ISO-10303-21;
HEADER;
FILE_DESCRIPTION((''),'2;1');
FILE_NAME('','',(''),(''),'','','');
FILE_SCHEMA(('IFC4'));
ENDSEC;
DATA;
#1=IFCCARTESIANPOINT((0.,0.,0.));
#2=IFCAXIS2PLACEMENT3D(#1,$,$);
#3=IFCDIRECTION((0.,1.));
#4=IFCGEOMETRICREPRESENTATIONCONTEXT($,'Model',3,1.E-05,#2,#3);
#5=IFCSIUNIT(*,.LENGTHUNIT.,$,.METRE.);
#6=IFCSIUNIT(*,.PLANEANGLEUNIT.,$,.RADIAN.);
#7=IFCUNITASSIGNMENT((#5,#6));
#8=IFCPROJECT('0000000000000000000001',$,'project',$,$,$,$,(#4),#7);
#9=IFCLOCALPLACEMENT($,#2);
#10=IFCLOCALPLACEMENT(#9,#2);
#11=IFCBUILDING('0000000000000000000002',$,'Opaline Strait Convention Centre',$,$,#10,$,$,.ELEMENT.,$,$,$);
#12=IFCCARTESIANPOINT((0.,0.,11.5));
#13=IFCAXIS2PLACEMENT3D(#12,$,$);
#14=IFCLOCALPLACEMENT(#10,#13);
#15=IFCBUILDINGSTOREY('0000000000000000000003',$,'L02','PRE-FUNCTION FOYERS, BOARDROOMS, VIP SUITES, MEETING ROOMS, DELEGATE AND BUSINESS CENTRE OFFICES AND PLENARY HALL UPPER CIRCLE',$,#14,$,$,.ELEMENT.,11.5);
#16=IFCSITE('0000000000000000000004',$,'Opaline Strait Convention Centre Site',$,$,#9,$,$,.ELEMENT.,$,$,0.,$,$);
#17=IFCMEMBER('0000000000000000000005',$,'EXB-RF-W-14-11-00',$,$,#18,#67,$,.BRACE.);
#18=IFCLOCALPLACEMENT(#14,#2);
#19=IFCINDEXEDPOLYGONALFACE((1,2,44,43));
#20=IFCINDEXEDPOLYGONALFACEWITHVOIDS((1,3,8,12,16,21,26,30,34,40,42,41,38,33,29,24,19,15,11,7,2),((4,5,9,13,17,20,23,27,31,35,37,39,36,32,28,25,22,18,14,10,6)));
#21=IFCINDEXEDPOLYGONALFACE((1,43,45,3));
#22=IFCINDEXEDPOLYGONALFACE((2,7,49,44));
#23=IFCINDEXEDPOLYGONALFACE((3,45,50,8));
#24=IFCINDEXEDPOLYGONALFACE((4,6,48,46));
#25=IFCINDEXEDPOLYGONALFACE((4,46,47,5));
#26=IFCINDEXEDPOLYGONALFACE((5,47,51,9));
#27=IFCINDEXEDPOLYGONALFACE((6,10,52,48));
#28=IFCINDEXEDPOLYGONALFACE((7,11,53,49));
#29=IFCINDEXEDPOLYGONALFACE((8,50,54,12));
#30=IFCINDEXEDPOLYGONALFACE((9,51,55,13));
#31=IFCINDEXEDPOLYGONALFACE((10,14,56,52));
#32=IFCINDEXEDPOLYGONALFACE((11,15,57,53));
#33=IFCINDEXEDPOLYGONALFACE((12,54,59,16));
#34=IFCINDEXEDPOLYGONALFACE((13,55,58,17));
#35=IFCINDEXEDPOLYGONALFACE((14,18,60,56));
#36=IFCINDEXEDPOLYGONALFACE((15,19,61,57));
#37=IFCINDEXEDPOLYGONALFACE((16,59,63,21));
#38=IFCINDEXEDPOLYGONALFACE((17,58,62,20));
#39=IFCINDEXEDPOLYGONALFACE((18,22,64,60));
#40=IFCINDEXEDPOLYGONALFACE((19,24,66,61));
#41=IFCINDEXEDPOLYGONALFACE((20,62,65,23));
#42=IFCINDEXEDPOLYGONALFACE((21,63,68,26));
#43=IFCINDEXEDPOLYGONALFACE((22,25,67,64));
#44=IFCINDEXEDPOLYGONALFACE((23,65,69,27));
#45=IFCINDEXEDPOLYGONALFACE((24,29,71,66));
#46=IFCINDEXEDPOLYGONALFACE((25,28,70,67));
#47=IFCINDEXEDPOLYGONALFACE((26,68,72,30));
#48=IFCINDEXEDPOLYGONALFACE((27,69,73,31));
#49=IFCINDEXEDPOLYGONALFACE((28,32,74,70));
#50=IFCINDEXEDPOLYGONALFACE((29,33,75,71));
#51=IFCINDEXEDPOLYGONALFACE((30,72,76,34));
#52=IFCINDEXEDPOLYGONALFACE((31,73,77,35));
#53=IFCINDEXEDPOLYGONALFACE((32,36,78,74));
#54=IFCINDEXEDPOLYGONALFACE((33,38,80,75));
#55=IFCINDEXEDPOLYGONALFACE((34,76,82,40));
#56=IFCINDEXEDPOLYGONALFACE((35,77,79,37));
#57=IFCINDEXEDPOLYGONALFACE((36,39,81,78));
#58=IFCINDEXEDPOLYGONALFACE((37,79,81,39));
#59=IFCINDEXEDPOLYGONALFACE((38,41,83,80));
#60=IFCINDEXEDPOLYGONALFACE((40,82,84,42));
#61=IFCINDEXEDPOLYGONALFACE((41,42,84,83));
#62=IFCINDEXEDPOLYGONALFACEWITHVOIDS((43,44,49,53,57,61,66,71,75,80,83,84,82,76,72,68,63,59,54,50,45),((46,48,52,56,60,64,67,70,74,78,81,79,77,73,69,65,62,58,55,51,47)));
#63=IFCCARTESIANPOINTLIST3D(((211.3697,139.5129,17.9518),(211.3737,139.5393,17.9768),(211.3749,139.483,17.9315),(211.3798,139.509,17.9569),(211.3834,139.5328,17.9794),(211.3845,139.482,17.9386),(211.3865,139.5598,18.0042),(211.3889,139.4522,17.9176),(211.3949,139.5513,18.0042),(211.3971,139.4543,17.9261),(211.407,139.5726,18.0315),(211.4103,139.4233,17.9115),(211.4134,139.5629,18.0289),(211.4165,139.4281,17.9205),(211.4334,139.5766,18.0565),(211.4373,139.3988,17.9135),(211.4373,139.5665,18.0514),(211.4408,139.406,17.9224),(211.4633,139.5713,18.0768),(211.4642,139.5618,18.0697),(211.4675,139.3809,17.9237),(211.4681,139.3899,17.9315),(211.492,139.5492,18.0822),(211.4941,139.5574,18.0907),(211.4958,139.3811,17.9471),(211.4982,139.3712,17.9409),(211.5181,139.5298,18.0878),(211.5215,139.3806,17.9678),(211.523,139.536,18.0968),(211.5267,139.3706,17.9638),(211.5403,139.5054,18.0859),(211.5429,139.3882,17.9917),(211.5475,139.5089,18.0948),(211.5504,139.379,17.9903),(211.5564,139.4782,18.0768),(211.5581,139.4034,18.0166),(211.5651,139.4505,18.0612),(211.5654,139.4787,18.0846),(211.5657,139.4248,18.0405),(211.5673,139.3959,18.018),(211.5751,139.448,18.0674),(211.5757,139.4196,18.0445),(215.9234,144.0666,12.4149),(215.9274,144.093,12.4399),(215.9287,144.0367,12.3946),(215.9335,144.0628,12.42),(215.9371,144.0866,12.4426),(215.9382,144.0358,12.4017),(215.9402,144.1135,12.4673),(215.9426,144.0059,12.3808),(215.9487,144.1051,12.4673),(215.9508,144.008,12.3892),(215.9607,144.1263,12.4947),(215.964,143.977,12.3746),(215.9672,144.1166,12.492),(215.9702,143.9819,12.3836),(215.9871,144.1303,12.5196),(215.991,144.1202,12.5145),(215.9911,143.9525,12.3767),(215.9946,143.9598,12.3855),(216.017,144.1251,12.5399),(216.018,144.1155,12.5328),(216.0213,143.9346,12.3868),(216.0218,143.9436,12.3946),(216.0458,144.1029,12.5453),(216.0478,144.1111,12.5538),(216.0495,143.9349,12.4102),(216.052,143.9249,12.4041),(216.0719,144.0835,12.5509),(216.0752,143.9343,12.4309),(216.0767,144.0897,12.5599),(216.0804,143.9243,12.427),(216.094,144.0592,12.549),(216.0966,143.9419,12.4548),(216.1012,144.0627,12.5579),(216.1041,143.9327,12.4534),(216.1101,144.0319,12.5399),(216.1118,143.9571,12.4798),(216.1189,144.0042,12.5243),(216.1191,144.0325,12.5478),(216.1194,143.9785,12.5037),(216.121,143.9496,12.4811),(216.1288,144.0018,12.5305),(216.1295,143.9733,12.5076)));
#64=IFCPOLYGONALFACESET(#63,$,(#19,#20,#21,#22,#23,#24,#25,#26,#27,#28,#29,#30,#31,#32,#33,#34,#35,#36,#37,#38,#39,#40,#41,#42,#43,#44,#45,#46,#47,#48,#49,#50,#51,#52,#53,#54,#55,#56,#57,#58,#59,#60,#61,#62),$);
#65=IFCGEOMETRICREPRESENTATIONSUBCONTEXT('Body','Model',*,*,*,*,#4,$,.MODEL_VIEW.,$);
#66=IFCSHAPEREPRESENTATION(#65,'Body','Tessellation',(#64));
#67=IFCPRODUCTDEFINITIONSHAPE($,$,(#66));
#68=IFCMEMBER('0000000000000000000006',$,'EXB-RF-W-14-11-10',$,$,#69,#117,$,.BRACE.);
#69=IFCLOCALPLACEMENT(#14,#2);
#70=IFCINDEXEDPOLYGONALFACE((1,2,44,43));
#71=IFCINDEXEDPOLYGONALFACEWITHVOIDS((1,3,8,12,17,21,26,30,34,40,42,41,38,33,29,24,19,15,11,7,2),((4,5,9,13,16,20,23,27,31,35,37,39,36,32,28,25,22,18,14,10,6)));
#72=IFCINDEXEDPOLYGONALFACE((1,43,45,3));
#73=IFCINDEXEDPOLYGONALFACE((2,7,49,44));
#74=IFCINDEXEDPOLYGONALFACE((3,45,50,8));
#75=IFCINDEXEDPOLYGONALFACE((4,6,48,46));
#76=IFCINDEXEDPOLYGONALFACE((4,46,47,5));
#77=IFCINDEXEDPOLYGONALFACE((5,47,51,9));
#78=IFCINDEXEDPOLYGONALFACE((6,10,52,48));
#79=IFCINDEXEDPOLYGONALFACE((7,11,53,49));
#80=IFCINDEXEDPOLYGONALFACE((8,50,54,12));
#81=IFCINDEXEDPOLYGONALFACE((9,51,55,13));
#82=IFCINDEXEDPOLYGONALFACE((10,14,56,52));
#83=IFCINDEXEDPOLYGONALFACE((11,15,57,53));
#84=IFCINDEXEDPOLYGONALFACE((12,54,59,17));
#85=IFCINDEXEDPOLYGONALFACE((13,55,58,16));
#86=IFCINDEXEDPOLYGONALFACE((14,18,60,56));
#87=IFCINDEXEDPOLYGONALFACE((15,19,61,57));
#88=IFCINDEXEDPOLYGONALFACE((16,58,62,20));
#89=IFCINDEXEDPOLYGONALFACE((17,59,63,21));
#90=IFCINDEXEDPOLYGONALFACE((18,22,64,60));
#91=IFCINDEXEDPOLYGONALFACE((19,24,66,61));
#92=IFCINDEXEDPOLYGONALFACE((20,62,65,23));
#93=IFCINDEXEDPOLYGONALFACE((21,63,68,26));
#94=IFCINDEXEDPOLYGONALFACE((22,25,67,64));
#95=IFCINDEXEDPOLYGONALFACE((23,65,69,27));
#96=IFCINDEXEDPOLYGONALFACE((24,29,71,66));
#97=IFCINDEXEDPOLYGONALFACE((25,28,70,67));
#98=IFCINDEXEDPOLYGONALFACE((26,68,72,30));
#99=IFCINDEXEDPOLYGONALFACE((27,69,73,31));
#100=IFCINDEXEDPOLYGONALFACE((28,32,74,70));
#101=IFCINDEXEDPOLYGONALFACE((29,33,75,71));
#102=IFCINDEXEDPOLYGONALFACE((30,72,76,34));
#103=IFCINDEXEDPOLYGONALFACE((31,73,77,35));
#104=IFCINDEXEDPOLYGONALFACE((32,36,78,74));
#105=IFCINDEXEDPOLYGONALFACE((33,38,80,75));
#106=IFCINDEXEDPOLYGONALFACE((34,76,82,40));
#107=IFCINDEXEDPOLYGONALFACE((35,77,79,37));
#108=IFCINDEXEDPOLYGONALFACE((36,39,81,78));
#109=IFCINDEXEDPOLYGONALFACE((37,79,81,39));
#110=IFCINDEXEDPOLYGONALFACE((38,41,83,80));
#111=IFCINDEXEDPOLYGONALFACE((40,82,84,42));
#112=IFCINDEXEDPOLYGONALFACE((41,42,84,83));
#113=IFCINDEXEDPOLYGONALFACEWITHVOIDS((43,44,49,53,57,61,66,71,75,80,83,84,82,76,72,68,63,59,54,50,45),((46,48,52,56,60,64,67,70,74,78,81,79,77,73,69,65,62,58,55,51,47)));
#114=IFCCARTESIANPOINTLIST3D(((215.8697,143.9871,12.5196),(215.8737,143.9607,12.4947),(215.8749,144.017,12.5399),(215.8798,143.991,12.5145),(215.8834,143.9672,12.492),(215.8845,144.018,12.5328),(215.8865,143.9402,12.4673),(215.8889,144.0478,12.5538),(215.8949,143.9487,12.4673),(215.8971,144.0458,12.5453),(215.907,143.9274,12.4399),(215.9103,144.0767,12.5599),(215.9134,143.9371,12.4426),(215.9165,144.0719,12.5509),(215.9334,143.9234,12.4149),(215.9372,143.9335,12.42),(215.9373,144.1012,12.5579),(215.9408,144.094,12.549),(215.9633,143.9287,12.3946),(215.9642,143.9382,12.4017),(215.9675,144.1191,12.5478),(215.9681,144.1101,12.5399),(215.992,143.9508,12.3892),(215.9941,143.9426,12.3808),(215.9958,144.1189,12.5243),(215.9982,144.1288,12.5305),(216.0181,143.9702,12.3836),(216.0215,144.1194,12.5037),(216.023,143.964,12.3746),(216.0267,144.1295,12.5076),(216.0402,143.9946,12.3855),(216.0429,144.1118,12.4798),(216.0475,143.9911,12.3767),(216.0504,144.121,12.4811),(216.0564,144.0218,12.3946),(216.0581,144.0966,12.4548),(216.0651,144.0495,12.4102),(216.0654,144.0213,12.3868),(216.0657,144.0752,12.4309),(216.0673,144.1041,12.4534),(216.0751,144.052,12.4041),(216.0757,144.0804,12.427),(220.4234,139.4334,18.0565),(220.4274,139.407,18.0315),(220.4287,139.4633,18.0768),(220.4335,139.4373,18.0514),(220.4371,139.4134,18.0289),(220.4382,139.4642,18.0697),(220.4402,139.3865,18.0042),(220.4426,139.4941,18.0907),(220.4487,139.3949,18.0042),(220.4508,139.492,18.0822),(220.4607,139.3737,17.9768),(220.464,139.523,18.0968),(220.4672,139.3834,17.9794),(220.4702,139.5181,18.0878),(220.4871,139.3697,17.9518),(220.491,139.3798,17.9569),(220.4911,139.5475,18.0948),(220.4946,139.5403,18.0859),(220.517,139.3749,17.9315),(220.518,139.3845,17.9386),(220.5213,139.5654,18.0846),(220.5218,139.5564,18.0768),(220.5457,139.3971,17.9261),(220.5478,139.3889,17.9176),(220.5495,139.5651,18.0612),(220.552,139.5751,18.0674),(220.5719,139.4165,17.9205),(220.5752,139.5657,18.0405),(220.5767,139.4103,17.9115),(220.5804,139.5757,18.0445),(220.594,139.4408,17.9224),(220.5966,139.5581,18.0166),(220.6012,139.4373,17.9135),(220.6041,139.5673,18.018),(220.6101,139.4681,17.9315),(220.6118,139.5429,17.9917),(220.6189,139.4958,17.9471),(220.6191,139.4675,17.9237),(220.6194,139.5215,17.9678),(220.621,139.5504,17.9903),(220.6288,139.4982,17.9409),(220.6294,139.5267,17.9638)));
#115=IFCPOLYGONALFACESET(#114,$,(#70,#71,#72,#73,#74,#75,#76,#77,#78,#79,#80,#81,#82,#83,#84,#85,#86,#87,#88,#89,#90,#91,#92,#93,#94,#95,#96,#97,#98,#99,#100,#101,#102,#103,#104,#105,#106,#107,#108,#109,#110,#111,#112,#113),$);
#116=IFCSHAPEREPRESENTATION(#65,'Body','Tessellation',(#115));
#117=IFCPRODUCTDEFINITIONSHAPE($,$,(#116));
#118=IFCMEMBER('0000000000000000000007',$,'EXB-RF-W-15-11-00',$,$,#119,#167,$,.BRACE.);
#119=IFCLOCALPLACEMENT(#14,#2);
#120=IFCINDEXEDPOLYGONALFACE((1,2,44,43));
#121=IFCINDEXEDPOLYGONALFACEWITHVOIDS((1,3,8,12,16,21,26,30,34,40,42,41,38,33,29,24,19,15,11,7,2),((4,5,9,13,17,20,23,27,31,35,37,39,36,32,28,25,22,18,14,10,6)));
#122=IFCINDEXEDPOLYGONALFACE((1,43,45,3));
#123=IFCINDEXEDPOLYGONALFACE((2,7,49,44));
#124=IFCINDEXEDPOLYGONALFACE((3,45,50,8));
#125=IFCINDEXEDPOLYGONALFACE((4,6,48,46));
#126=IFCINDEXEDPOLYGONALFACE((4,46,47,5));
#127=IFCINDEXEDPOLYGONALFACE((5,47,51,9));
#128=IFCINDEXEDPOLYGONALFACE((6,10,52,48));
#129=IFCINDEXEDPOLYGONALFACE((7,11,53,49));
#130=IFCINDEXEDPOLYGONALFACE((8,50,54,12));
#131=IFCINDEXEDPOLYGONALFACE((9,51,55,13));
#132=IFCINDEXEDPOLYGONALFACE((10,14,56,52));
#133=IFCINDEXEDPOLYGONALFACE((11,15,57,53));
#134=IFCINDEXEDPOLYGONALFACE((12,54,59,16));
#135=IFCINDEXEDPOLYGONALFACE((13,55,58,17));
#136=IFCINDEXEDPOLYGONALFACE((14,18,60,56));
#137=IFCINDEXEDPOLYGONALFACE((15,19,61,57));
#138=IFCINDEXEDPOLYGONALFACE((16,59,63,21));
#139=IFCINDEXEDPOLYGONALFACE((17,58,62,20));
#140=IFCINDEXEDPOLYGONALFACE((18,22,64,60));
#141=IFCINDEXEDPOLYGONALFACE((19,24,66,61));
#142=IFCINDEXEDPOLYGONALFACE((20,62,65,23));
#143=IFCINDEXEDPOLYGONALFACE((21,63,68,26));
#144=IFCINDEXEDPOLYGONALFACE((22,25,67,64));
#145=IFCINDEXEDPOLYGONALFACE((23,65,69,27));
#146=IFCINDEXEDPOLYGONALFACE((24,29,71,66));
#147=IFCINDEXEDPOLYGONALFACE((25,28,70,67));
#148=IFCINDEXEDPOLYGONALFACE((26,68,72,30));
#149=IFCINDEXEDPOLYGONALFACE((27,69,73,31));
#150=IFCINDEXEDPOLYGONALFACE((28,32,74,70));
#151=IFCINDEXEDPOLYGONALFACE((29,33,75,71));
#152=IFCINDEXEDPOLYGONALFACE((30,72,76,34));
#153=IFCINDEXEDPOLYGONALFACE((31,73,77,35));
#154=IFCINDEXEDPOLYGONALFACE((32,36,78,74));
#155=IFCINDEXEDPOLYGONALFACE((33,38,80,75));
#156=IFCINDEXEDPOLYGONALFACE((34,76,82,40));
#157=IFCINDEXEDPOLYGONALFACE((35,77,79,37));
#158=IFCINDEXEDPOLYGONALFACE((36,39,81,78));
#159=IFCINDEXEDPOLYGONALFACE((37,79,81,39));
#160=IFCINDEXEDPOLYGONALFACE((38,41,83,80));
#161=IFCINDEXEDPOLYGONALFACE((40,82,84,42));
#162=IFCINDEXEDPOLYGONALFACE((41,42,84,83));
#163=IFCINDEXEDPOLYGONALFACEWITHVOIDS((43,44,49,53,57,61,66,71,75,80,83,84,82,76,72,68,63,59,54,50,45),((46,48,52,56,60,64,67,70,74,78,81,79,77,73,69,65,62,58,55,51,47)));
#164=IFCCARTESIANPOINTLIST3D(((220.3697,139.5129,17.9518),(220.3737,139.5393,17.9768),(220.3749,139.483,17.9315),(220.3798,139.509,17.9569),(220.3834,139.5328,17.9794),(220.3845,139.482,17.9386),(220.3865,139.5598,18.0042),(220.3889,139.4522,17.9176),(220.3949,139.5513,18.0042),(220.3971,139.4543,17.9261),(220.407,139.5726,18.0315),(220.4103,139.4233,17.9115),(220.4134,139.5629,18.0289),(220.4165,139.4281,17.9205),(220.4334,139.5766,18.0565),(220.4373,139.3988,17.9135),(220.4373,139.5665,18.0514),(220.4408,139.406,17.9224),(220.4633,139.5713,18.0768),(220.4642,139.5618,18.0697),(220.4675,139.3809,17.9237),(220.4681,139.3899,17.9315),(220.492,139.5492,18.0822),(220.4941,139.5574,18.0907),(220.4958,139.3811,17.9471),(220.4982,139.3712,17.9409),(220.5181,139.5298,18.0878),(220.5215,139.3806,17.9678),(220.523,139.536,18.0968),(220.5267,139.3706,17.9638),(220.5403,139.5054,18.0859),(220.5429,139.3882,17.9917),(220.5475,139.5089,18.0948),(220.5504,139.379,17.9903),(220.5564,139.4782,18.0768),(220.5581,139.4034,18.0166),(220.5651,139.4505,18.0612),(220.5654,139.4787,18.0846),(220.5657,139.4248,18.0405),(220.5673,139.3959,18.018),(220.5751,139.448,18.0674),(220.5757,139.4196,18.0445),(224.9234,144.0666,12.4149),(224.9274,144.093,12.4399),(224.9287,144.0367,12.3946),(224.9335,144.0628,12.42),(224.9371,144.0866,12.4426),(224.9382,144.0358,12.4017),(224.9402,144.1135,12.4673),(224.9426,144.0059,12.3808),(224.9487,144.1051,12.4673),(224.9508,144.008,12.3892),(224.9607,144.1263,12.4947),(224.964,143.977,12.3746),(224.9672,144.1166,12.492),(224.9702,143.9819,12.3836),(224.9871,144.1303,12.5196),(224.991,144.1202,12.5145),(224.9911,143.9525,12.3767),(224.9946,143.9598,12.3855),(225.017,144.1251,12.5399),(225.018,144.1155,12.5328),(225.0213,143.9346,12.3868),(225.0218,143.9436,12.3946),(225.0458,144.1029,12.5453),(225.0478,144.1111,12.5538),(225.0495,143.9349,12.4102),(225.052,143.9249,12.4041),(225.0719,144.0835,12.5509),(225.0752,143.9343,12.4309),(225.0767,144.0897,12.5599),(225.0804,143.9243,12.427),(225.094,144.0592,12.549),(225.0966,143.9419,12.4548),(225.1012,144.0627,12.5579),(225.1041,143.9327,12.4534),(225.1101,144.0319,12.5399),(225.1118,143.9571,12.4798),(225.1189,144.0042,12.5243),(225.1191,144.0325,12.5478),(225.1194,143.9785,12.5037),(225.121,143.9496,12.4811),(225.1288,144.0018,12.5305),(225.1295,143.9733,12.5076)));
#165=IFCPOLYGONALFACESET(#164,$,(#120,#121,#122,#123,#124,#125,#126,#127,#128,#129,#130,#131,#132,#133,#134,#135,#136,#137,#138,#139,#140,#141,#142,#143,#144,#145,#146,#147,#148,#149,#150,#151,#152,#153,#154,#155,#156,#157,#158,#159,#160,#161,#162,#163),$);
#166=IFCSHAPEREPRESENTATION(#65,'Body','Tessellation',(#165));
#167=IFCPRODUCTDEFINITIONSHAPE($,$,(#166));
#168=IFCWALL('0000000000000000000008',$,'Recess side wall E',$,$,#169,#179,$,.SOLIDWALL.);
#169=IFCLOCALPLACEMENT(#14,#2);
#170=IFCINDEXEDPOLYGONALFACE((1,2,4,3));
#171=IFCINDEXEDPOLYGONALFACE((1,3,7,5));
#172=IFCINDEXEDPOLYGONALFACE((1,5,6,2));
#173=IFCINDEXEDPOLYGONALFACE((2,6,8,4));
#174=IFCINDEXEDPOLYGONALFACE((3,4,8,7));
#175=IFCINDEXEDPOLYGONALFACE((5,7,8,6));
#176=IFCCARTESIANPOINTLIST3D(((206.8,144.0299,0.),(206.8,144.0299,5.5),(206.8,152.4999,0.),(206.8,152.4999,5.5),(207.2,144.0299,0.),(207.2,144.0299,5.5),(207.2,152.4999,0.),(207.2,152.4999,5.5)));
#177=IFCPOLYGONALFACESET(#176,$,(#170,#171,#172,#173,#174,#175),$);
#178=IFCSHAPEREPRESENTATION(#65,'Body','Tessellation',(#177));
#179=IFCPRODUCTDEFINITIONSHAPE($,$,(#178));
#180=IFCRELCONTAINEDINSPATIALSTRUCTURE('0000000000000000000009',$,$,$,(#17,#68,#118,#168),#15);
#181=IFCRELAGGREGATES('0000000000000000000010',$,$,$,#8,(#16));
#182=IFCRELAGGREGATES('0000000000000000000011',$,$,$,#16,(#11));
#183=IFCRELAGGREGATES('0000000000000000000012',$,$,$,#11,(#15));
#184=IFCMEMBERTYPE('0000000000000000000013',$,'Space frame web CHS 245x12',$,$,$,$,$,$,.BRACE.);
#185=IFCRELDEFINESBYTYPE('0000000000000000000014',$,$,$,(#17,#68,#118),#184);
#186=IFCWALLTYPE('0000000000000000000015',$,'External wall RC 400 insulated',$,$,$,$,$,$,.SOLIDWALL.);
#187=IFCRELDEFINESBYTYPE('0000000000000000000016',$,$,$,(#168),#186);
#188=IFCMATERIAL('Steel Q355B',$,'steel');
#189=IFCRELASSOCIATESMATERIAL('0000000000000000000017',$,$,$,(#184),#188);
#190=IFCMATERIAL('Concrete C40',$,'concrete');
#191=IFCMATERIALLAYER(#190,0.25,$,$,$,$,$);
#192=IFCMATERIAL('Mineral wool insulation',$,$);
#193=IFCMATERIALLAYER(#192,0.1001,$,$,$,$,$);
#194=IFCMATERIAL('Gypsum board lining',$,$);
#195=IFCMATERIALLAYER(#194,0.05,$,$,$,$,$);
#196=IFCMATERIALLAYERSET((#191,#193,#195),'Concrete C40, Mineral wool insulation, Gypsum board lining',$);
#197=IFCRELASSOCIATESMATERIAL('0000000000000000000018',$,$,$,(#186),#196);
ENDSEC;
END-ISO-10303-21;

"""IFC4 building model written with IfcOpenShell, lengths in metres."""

from ifc_helpers import new_model, si_unit, direction, frame, frame_2d, origin, origin_2d, place, context, subcontext, project, spatial, rectangle, hollow_circle, extrude, material, layer, layer_set, material_profile, profile_set, type_object, element, save


model = new_model("IFC4")

# Units and contexts
model_context = context("Model", 3, precision=1e-05, world=origin(), true_north=direction((0.0, 1.0)))
body_context = subcontext(model_context, "Body", "Model", "MODEL_VIEW")
ifc_project = project(units=[si_unit("LENGTHUNIT", "METRE"), si_unit("PLANEANGLEUNIT", "RADIAN")], contexts=[model_context])

# Site, building, storey
site_placement = place(None, origin())
site = spatial("IfcSite", under=ifc_project, at=site_placement, Name="Opaline Strait Convention Centre Site", CompositionType="ELEMENT", RefElevation=0.0)
building_placement = place(site_placement, origin())
building = spatial("IfcBuilding", under=site, at=building_placement, Name="Opaline Strait Convention Centre", CompositionType="ELEMENT")
storey_placement = place(building_placement, frame((0.0, 0.0, 11.5)))
storey = spatial("IfcBuildingStorey", under=building, at=storey_placement, Name="L02", Description="PRE-FUNCTION FOYERS, BOARDROOMS, VIP SUITES, MEETING ROOMS, DELEGATE AND BUSINESS CENTRE OFFICES AND PLENARY HALL UPPER CIRCLE", CompositionType="ELEMENT", Elevation=11.5)

# Shared definitions
ifc_material_1 = material(Name="Concrete C40", Category="concrete")

# Members
ifc_material_2 = material(Name="Steel Q355B", Category="steel")
ifc_material_profile_1 = material_profile(ifc_material_2, hollow_circle(Radius=0.1226, WallThickness=0.012, at=origin_2d()), Name="CHS 245x12")
ifc_profile_set_1 = profile_set([ifc_material_profile_1], Name="Steel Q355B")
member_type_1 = type_object("IfcMemberType", Name="Space frame web CHS 245x12", PredefinedType="BRACE", material=ifc_profile_set_1)
for number, where, z_axis, x_axis, name in (
    (1, (211.4731, 139.4731, 18.0042), (0.536178, 0.536178, -0.65194), (-0.707107, 0.707107, 0.0), "EXB-RF-W-14-11-00"),
    (2, (220.5269, 139.4731, 18.0042), (-0.536178, 0.536178, -0.65194), (-0.707107, -0.707107, 0.0), "EXB-RF-W-14-11-10"),
    (3, (220.4731, 139.4731, 18.0042), (0.536178, 0.536178, -0.65194), (-0.707107, 0.707107, 0.0), "EXB-RF-W-15-11-00"),
):
    element("IfcMember", number, at=place(storey_placement, frame(where, z_axis=z_axis, x_axis=x_axis)), inside=storey, type_object=member_type_1, Name=name, PredefinedType="BRACE", context=body_context, shape_type="SweptSolid", body=[
        extrude(hollow_circle(Radius=0.1226, WallThickness=0.012, at=origin_2d()), origin(), (0.0, 0.0, 1.0), 8.4929),
    ])

# Wall
ifc_layer_1 = layer(ifc_material_1, 0.25)
ifc_material_3 = material(Name="Mineral wool insulation")
ifc_layer_2 = layer(ifc_material_3, 0.1001)
ifc_material_4 = material(Name="Gypsum board lining")
ifc_layer_3 = layer(ifc_material_4, 0.05)
ifc_layer_set = layer_set([ifc_layer_1, ifc_layer_2, ifc_layer_3], Name="Concrete C40, Mineral wool insulation, Gypsum board lining")
wall_type = type_object("IfcWallType", Name="External wall RC 400 insulated", PredefinedType="SOLIDWALL", material=ifc_layer_set)
wall_placement = place(storey_placement, frame((207.0, 144.03, 0.0), z_axis=(0.0, 0.0, 1.0), x_axis=(0.0, 1.0, 0.0)))
element("IfcWall", 4, at=wall_placement, inside=storey, type_object=wall_type, Name="Recess side wall E", PredefinedType="SOLIDWALL", context=body_context, shape_type="SweptSolid", body=[
    extrude(rectangle(XDim=8.47, YDim=0.3999, at=frame_2d((4.2349, 0.0))), origin(), (0.0, 0.0, 1.0), 5.5),
])

save(model, "model.ifc")
